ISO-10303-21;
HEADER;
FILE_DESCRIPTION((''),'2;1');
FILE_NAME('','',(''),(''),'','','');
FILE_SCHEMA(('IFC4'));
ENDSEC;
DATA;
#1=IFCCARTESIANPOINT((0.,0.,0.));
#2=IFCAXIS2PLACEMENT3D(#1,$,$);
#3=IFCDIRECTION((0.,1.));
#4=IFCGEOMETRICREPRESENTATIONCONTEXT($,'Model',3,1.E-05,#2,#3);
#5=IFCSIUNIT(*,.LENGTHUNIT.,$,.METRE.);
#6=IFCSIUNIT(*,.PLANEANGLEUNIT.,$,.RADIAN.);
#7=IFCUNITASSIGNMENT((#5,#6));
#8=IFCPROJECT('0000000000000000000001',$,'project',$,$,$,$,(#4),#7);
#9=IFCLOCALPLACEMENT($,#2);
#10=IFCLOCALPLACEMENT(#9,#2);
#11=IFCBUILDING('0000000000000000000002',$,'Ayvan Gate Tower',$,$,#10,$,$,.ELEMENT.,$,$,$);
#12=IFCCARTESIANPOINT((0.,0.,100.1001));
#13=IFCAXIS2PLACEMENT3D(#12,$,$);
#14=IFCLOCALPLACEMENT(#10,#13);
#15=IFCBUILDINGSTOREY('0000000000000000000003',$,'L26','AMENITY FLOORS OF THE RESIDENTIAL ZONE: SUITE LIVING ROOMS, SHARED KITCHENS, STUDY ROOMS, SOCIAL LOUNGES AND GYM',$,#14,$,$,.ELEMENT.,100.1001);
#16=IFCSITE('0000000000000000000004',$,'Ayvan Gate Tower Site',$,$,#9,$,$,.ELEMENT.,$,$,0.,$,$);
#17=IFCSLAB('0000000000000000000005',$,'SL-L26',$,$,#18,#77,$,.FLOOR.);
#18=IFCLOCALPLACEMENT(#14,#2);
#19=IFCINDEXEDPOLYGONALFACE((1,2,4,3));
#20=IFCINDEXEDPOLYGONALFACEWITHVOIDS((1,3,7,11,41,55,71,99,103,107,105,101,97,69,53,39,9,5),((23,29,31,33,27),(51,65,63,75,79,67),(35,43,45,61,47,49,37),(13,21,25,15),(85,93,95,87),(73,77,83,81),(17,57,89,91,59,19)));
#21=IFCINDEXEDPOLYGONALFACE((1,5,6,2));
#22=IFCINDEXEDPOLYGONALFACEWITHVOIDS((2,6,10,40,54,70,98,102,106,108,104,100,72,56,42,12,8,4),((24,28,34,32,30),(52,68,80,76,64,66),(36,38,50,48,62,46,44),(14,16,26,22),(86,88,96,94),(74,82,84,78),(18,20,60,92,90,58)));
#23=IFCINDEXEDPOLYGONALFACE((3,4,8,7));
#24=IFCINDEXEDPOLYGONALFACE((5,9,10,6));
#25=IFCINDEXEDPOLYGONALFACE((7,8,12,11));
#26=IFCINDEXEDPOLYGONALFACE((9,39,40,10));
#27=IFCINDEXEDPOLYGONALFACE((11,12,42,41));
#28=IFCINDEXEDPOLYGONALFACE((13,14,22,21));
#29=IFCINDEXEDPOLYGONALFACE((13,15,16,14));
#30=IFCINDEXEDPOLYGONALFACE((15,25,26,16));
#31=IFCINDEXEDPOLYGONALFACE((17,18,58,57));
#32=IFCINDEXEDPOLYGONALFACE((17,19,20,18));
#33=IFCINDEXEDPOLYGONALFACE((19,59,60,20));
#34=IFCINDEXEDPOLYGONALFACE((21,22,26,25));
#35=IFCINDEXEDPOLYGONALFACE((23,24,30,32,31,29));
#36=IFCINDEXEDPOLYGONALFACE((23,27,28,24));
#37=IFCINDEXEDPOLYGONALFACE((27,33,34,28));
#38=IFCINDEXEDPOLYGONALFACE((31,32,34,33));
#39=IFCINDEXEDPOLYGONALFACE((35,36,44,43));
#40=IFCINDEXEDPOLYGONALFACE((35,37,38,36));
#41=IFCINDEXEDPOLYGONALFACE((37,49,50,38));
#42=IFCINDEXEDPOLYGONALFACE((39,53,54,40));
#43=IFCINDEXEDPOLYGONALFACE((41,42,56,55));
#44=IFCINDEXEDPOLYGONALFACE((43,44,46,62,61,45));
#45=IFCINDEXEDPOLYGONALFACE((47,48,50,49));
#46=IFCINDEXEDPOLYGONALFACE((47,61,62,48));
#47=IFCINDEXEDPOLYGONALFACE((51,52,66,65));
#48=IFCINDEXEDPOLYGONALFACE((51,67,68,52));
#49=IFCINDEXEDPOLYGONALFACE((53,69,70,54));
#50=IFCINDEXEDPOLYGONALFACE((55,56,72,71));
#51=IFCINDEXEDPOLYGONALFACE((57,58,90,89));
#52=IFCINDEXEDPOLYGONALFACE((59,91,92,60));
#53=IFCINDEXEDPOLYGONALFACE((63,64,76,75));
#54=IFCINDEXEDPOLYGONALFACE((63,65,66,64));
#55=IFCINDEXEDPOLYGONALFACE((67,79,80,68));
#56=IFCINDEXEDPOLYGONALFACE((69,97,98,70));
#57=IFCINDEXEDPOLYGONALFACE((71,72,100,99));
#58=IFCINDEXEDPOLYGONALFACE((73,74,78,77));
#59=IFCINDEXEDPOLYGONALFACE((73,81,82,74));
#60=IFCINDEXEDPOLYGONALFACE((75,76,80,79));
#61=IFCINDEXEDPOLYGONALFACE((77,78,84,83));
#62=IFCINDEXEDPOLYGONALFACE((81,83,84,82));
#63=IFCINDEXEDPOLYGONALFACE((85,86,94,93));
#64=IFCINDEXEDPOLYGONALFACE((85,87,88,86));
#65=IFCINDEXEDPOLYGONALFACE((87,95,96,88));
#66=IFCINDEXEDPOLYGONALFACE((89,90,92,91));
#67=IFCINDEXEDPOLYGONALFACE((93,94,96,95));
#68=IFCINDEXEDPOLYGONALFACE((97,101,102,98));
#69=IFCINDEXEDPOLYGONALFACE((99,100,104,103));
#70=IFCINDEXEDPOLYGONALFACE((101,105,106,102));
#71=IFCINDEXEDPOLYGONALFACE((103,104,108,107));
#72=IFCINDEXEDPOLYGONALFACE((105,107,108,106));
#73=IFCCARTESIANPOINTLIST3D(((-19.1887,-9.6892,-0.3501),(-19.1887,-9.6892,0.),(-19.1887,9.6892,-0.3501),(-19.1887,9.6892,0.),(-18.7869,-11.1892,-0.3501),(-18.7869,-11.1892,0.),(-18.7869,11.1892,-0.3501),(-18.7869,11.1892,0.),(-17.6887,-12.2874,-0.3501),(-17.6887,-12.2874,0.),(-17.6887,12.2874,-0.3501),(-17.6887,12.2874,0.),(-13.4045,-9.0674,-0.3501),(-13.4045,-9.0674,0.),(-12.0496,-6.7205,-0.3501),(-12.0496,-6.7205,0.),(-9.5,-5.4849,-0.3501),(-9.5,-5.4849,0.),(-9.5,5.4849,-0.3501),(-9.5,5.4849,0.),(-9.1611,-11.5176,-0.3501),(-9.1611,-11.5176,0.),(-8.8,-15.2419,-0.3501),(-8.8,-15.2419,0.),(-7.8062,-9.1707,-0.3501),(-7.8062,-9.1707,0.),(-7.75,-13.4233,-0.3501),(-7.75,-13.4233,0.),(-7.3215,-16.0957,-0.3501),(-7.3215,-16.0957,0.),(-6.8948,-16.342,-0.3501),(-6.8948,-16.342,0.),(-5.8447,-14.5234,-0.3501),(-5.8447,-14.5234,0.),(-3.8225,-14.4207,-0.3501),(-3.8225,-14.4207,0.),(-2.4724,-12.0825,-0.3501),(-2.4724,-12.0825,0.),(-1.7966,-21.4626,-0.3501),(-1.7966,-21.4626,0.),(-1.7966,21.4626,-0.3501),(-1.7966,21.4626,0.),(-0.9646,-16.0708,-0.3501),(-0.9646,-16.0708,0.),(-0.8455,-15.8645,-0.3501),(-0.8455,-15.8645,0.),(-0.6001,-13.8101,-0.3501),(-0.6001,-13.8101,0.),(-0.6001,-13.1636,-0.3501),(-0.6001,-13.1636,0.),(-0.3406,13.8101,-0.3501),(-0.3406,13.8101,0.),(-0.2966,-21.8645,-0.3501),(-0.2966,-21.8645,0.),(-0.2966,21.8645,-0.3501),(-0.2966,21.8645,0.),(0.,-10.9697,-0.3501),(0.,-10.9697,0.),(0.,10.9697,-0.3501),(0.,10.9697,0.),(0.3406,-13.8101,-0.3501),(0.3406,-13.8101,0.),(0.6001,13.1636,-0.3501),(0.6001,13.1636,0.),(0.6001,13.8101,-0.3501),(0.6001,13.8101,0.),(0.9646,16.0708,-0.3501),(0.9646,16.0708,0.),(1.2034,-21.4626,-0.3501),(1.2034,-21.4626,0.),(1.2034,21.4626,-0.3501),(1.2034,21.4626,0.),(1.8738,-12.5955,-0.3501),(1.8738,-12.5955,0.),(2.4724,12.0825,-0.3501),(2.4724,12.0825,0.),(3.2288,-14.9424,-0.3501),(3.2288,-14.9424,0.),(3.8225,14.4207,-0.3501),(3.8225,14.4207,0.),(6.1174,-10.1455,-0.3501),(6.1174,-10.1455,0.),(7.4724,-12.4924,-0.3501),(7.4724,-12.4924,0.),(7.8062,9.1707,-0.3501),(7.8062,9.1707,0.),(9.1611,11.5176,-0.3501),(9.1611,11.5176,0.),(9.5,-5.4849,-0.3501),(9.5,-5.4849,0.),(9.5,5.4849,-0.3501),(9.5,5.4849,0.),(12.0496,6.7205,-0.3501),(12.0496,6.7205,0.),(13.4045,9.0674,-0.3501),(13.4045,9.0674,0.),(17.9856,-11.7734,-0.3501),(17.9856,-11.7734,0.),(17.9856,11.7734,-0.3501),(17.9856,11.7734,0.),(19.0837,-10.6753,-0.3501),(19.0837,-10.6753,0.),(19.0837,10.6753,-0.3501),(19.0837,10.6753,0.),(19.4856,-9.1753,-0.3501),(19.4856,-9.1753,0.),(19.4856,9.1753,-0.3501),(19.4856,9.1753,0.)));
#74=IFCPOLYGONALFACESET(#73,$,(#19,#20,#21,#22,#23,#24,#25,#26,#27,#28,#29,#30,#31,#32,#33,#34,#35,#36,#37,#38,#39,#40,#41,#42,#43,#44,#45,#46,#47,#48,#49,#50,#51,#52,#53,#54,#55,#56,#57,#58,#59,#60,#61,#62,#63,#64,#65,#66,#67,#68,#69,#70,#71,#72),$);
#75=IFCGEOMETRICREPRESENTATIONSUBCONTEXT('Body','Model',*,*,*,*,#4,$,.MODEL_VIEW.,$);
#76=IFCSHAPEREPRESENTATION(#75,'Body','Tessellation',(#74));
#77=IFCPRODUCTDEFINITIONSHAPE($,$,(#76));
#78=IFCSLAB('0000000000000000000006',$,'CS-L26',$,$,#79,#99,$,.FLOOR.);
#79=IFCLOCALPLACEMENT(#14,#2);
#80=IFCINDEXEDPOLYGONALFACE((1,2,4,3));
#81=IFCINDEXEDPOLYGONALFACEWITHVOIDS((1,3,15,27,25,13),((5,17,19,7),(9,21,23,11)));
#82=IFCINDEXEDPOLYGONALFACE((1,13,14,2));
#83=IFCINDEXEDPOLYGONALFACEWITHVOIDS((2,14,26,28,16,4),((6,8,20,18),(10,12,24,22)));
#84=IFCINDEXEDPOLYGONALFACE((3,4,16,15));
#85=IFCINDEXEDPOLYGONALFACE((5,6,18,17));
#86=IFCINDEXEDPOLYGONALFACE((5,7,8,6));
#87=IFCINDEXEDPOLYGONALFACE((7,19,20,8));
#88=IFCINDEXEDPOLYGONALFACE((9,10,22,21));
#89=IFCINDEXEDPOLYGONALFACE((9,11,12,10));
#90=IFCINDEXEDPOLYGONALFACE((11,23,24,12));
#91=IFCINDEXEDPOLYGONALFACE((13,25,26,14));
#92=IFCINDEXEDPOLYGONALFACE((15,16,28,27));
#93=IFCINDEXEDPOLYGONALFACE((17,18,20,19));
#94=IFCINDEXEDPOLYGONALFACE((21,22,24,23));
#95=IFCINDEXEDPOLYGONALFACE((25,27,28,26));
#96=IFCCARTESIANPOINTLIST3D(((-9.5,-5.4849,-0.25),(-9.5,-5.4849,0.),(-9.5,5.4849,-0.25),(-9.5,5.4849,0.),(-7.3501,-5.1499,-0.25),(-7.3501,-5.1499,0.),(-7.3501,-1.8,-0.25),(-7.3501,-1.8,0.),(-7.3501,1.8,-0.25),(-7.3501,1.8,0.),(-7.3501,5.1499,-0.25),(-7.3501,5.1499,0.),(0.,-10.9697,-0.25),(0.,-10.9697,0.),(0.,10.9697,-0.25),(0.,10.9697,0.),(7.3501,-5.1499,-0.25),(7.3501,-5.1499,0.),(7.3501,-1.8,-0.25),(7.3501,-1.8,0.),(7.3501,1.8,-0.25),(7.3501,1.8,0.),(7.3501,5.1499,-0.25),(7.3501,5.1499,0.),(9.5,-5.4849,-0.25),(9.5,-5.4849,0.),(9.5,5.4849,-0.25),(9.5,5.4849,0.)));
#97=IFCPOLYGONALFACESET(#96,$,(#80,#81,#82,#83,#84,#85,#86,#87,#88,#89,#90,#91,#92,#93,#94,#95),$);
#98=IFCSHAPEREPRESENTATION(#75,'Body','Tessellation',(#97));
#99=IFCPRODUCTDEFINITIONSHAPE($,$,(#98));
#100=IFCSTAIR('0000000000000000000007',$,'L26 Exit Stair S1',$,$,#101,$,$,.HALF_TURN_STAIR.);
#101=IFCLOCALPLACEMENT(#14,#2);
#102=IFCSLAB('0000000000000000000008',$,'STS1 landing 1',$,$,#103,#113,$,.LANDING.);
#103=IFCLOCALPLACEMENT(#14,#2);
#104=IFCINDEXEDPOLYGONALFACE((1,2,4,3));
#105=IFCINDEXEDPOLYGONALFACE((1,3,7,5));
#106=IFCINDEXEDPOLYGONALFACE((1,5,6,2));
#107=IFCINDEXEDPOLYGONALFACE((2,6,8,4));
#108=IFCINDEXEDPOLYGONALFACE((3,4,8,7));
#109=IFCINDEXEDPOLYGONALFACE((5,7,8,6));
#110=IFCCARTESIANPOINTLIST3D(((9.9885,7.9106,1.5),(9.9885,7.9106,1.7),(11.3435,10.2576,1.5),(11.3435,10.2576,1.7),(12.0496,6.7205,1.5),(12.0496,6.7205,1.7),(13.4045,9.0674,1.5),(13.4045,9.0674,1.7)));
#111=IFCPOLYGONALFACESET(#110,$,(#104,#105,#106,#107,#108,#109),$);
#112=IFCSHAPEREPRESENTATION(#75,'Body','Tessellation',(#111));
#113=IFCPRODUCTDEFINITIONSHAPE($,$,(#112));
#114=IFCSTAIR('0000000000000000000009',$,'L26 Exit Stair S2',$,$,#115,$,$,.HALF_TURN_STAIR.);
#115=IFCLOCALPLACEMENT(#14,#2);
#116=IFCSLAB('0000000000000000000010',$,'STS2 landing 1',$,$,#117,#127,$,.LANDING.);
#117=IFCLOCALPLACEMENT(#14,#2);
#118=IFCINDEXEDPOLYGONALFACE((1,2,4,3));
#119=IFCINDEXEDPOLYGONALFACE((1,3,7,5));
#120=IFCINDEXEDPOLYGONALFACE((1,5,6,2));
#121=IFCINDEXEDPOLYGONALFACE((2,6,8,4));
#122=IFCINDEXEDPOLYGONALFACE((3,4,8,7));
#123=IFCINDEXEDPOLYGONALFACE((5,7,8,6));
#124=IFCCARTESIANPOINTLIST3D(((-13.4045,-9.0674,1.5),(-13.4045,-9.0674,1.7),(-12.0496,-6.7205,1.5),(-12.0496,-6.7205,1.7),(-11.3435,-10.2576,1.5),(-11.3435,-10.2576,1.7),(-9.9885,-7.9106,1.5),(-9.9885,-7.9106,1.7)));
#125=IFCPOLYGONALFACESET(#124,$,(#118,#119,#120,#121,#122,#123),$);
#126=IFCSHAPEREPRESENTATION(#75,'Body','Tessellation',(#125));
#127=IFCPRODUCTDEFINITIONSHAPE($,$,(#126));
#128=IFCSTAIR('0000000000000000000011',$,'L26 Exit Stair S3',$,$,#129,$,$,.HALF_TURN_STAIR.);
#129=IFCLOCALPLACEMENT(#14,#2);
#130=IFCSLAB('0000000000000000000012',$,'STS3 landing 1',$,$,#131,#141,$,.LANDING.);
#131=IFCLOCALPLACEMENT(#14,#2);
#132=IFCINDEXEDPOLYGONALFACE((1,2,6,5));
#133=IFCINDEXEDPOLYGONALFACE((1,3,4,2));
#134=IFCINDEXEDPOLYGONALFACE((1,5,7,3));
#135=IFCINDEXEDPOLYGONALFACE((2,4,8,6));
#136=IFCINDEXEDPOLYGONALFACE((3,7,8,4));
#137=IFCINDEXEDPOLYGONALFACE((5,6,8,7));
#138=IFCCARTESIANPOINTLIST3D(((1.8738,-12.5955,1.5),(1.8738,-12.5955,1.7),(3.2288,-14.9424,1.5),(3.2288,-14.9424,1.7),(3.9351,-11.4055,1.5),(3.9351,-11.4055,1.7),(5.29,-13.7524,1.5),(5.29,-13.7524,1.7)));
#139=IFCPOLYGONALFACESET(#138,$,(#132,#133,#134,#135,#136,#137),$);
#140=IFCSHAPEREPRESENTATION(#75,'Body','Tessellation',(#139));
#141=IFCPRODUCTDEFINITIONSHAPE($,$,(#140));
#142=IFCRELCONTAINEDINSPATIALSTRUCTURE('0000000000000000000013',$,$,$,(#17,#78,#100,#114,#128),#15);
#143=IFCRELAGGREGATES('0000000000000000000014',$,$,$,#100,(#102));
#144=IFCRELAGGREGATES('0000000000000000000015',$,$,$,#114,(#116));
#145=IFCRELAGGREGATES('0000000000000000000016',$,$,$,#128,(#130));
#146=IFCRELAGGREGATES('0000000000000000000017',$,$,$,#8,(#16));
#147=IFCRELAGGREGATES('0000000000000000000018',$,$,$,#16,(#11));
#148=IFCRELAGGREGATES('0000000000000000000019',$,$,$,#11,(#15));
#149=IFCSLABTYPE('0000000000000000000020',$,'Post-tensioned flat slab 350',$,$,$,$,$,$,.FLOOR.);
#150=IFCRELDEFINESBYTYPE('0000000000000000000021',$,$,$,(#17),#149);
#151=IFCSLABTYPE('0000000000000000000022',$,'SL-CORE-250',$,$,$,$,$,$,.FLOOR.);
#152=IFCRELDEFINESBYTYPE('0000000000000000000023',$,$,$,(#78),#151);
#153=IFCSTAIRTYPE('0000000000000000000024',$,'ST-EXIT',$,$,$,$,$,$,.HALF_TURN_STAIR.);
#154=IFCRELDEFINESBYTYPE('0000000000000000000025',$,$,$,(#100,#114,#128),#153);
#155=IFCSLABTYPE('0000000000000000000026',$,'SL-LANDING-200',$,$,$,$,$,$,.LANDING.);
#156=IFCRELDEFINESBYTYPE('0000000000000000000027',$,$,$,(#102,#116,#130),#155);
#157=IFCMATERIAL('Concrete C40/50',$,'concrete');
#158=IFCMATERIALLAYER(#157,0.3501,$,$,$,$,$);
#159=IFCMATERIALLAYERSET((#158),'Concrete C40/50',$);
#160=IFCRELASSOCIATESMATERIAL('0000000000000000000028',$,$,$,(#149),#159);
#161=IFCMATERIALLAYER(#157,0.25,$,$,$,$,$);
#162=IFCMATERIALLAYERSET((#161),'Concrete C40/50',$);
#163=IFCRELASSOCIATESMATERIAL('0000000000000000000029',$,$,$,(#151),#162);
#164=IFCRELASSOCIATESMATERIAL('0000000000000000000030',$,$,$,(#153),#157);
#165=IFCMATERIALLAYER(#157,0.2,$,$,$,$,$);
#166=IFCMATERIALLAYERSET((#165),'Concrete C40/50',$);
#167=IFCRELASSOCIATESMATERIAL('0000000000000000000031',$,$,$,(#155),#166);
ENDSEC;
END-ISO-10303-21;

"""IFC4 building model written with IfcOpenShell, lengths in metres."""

from ifc_helpers import new_model, si_unit, direction, frame, origin, place, context, subcontext, project, spatial, polyline, outline, extrude, material, layer, layer_set, type_object, element, aggregate, save


model = new_model("IFC4")

# Units and contexts
model_context = context("Model", 3, precision=1e-05, world=origin(), true_north=direction((0.0, 1.0)))
body_context = subcontext(model_context, "Body", "Model", "MODEL_VIEW")
ifc_project = project(units=[si_unit("LENGTHUNIT", "METRE"), si_unit("PLANEANGLEUNIT", "RADIAN")], contexts=[model_context])

# Site, building, storey
site_placement = place(None, origin())
site = spatial("IfcSite", under=ifc_project, at=site_placement, Name="Ayvan Gate Tower Site", CompositionType="ELEMENT", RefElevation=0.0)
building_placement = place(site_placement, origin())
building = spatial("IfcBuilding", under=site, at=building_placement, Name="Ayvan Gate Tower", CompositionType="ELEMENT")
storey_placement = place(building_placement, frame((0.0, 0.0, 100.1001)))
storey = spatial("IfcBuildingStorey", under=building, at=storey_placement, Name="L26", Description="AMENITY FLOORS OF THE RESIDENTIAL ZONE: SUITE LIVING ROOMS, SHARED KITCHENS, STUDY ROOMS, SOCIAL LOUNGES AND GYM", CompositionType="ELEMENT", Elevation=100.1001)

# Slabs
ifc_material_1 = material(Name="Concrete C40/50", Category="concrete")
ifc_layer_1 = layer(ifc_material_1, 0.3501)
ifc_layer_set_1 = layer_set([ifc_layer_1], Name="Concrete C40/50")
slab_type_1 = type_object("IfcSlabType", Name="Post-tensioned flat slab 350", PredefinedType="FLOOR", material=ifc_layer_set_1)
slab_1_placement = place(storey_placement, frame((0.0, 0.0, -0.3501)))
element("IfcSlab", 1, at=slab_1_placement, inside=storey, type_object=slab_type_1, Name="SL-L26", PredefinedType="FLOOR", context=body_context, shape_type="SweptSolid", body=[
    extrude(outline(polyline([(-0.2966, -21.8645), (-1.7966, -21.4626), (-17.6887, -12.2874), (-18.7869, -11.1892), (-19.1887, -9.6892), (-19.1887, 9.6892), (-18.7869, 11.1892), (-17.6887, 12.2874), (-1.7966, 21.4626), (-0.2966, 21.8645), (1.2034, 21.4626), (17.9856, 11.7734), (19.0837, 10.6753), (19.4856, 9.1753), (19.4856, -9.1753), (19.0837, -10.6753), (17.9856, -11.7734), (1.2034, -21.4626), (-0.2966, -21.8645)]), holes=[polyline([(13.4045, 9.0674), (9.1611, 11.5176), (7.8062, 9.1707), (12.0496, 6.7205), (13.4045, 9.0674)]), polyline([(0.0, 10.9697), (-9.5, 5.4849), (-9.5, -5.4849), (0.0, -10.9697), (9.5, -5.4849), (9.5, 5.4849), (0.0, 10.9697)]), polyline([(3.2288, -14.9424), (7.4724, -12.4924), (6.1174, -10.1455), (1.8738, -12.5955), (3.2288, -14.9424)]), polyline([(2.4724, 12.0825), (3.8225, 14.4207), (0.9646, 16.0708), (-0.3406, 13.8101), (0.6001, 13.8101), (0.6001, 13.1636), (2.4724, 12.0825)]), polyline([(0.3406, -13.8101), (-0.6001, -13.8101), (-0.6001, -13.1636), (-2.4724, -12.0825), (-3.8225, -14.4207), (-0.9646, -16.0708), (-0.8455, -15.8645), (0.3406, -13.8101)]), polyline([(-7.3215, -16.0957), (-6.8948, -16.342), (-5.8447, -14.5234), (-7.75, -13.4233), (-8.8, -15.2419), (-7.3215, -16.0957)]), polyline([(-7.8062, -9.1707), (-12.0496, -6.7205), (-13.4045, -9.0674), (-9.1611, -11.5176), (-7.8062, -9.1707)])]), origin(), (0.0, 0.0, 1.0), 0.3501),
])
ifc_layer_2 = layer(ifc_material_1, 0.25)
ifc_layer_set_2 = layer_set([ifc_layer_2], Name="Concrete C40/50")
slab_type_2 = type_object("IfcSlabType", Name="SL-CORE-250", PredefinedType="FLOOR", material=ifc_layer_set_2)
slab_2_placement = place(storey_placement, frame((0.0, 0.0, -0.25)))
element("IfcSlab", 2, at=slab_2_placement, inside=storey, type_object=slab_type_2, Name="CS-L26", PredefinedType="FLOOR", context=body_context, shape_type="SweptSolid", body=[
    extrude(outline(polyline([(9.5, -5.4849), (0.0, -10.9697), (-9.5, -5.4849), (-9.5, 5.4849), (0.0, 10.9697), (9.5, 5.4849), (9.5, -5.4849)]), holes=[polyline([(-7.3501, -1.8), (-7.3501, -5.1499), (7.3501, -5.1499), (7.3501, -1.8), (-7.3501, -1.8)]), polyline([(-7.3501, 5.1499), (-7.3501, 1.8), (7.3501, 1.8), (7.3501, 5.1499), (-7.3501, 5.1499)])]), origin(), (0.0, 0.0, 1.0), 0.25),
])

# Stairs, slabs
stair_type = type_object("IfcStairType", Name="ST-EXIT", PredefinedType="HALF_TURN_STAIR", material=ifc_material_1)
stair_1_placement = place(storey_placement, origin())
stair_1 = element("IfcStair", 3, at=stair_1_placement, inside=storey, type_object=stair_type, Name="L26 Exit Stair S1", PredefinedType="HALF_TURN_STAIR")
ifc_layer_3 = layer(ifc_material_1, 0.2)
ifc_layer_set_3 = layer_set([ifc_layer_3], Name="Concrete C40/50")
slab_type_3 = type_object("IfcSlabType", Name="SL-LANDING-200", PredefinedType="LANDING", material=ifc_layer_set_3)
slab_3_placement = place(storey_placement, frame((0.0, 0.0, 1.5)))
slab_3 = element("IfcSlab", 4, at=slab_3_placement, type_object=slab_type_3, Name="STS1 landing 1", PredefinedType="LANDING", context=body_context, shape_type="SweptSolid", body=[
    extrude(outline(polyline([(9.9885, 7.9106), (12.0496, 6.7205), (13.4045, 9.0674), (11.3435, 10.2576), (9.9885, 7.9106)])), origin(), (0.0, 0.0, 1.0), 0.2),
])
aggregate(stair_1, [slab_3])
stair_2_placement = place(storey_placement, origin())
stair_2 = element("IfcStair", 5, at=stair_2_placement, inside=storey, type_object=stair_type, Name="L26 Exit Stair S2", PredefinedType="HALF_TURN_STAIR")
slab_4_placement = place(storey_placement, frame((0.0, 0.0, 1.5)))
slab_4 = element("IfcSlab", 6, at=slab_4_placement, type_object=slab_type_3, Name="STS2 landing 1", PredefinedType="LANDING", context=body_context, shape_type="SweptSolid", body=[
    extrude(outline(polyline([(-9.9885, -7.9106), (-12.0496, -6.7205), (-13.4045, -9.0674), (-11.3435, -10.2576), (-9.9885, -7.9106)])), origin(), (0.0, 0.0, 1.0), 0.2),
])
aggregate(stair_2, [slab_4])
stair_3_placement = place(storey_placement, origin())
stair_3 = element("IfcStair", 7, at=stair_3_placement, inside=storey, type_object=stair_type, Name="L26 Exit Stair S3", PredefinedType="HALF_TURN_STAIR")
slab_5_placement = place(storey_placement, frame((0.0, 0.0, 1.5)))
slab_5 = element("IfcSlab", 8, at=slab_5_placement, type_object=slab_type_3, Name="STS3 landing 1", PredefinedType="LANDING", context=body_context, shape_type="SweptSolid", body=[
    extrude(outline(polyline([(3.9351, -11.4055), (1.8738, -12.5955), (3.2288, -14.9424), (5.29, -13.7524), (3.9351, -11.4055)])), origin(), (0.0, 0.0, 1.0), 0.2),
])
aggregate(stair_3, [slab_5])

save(model, "model.ifc")
